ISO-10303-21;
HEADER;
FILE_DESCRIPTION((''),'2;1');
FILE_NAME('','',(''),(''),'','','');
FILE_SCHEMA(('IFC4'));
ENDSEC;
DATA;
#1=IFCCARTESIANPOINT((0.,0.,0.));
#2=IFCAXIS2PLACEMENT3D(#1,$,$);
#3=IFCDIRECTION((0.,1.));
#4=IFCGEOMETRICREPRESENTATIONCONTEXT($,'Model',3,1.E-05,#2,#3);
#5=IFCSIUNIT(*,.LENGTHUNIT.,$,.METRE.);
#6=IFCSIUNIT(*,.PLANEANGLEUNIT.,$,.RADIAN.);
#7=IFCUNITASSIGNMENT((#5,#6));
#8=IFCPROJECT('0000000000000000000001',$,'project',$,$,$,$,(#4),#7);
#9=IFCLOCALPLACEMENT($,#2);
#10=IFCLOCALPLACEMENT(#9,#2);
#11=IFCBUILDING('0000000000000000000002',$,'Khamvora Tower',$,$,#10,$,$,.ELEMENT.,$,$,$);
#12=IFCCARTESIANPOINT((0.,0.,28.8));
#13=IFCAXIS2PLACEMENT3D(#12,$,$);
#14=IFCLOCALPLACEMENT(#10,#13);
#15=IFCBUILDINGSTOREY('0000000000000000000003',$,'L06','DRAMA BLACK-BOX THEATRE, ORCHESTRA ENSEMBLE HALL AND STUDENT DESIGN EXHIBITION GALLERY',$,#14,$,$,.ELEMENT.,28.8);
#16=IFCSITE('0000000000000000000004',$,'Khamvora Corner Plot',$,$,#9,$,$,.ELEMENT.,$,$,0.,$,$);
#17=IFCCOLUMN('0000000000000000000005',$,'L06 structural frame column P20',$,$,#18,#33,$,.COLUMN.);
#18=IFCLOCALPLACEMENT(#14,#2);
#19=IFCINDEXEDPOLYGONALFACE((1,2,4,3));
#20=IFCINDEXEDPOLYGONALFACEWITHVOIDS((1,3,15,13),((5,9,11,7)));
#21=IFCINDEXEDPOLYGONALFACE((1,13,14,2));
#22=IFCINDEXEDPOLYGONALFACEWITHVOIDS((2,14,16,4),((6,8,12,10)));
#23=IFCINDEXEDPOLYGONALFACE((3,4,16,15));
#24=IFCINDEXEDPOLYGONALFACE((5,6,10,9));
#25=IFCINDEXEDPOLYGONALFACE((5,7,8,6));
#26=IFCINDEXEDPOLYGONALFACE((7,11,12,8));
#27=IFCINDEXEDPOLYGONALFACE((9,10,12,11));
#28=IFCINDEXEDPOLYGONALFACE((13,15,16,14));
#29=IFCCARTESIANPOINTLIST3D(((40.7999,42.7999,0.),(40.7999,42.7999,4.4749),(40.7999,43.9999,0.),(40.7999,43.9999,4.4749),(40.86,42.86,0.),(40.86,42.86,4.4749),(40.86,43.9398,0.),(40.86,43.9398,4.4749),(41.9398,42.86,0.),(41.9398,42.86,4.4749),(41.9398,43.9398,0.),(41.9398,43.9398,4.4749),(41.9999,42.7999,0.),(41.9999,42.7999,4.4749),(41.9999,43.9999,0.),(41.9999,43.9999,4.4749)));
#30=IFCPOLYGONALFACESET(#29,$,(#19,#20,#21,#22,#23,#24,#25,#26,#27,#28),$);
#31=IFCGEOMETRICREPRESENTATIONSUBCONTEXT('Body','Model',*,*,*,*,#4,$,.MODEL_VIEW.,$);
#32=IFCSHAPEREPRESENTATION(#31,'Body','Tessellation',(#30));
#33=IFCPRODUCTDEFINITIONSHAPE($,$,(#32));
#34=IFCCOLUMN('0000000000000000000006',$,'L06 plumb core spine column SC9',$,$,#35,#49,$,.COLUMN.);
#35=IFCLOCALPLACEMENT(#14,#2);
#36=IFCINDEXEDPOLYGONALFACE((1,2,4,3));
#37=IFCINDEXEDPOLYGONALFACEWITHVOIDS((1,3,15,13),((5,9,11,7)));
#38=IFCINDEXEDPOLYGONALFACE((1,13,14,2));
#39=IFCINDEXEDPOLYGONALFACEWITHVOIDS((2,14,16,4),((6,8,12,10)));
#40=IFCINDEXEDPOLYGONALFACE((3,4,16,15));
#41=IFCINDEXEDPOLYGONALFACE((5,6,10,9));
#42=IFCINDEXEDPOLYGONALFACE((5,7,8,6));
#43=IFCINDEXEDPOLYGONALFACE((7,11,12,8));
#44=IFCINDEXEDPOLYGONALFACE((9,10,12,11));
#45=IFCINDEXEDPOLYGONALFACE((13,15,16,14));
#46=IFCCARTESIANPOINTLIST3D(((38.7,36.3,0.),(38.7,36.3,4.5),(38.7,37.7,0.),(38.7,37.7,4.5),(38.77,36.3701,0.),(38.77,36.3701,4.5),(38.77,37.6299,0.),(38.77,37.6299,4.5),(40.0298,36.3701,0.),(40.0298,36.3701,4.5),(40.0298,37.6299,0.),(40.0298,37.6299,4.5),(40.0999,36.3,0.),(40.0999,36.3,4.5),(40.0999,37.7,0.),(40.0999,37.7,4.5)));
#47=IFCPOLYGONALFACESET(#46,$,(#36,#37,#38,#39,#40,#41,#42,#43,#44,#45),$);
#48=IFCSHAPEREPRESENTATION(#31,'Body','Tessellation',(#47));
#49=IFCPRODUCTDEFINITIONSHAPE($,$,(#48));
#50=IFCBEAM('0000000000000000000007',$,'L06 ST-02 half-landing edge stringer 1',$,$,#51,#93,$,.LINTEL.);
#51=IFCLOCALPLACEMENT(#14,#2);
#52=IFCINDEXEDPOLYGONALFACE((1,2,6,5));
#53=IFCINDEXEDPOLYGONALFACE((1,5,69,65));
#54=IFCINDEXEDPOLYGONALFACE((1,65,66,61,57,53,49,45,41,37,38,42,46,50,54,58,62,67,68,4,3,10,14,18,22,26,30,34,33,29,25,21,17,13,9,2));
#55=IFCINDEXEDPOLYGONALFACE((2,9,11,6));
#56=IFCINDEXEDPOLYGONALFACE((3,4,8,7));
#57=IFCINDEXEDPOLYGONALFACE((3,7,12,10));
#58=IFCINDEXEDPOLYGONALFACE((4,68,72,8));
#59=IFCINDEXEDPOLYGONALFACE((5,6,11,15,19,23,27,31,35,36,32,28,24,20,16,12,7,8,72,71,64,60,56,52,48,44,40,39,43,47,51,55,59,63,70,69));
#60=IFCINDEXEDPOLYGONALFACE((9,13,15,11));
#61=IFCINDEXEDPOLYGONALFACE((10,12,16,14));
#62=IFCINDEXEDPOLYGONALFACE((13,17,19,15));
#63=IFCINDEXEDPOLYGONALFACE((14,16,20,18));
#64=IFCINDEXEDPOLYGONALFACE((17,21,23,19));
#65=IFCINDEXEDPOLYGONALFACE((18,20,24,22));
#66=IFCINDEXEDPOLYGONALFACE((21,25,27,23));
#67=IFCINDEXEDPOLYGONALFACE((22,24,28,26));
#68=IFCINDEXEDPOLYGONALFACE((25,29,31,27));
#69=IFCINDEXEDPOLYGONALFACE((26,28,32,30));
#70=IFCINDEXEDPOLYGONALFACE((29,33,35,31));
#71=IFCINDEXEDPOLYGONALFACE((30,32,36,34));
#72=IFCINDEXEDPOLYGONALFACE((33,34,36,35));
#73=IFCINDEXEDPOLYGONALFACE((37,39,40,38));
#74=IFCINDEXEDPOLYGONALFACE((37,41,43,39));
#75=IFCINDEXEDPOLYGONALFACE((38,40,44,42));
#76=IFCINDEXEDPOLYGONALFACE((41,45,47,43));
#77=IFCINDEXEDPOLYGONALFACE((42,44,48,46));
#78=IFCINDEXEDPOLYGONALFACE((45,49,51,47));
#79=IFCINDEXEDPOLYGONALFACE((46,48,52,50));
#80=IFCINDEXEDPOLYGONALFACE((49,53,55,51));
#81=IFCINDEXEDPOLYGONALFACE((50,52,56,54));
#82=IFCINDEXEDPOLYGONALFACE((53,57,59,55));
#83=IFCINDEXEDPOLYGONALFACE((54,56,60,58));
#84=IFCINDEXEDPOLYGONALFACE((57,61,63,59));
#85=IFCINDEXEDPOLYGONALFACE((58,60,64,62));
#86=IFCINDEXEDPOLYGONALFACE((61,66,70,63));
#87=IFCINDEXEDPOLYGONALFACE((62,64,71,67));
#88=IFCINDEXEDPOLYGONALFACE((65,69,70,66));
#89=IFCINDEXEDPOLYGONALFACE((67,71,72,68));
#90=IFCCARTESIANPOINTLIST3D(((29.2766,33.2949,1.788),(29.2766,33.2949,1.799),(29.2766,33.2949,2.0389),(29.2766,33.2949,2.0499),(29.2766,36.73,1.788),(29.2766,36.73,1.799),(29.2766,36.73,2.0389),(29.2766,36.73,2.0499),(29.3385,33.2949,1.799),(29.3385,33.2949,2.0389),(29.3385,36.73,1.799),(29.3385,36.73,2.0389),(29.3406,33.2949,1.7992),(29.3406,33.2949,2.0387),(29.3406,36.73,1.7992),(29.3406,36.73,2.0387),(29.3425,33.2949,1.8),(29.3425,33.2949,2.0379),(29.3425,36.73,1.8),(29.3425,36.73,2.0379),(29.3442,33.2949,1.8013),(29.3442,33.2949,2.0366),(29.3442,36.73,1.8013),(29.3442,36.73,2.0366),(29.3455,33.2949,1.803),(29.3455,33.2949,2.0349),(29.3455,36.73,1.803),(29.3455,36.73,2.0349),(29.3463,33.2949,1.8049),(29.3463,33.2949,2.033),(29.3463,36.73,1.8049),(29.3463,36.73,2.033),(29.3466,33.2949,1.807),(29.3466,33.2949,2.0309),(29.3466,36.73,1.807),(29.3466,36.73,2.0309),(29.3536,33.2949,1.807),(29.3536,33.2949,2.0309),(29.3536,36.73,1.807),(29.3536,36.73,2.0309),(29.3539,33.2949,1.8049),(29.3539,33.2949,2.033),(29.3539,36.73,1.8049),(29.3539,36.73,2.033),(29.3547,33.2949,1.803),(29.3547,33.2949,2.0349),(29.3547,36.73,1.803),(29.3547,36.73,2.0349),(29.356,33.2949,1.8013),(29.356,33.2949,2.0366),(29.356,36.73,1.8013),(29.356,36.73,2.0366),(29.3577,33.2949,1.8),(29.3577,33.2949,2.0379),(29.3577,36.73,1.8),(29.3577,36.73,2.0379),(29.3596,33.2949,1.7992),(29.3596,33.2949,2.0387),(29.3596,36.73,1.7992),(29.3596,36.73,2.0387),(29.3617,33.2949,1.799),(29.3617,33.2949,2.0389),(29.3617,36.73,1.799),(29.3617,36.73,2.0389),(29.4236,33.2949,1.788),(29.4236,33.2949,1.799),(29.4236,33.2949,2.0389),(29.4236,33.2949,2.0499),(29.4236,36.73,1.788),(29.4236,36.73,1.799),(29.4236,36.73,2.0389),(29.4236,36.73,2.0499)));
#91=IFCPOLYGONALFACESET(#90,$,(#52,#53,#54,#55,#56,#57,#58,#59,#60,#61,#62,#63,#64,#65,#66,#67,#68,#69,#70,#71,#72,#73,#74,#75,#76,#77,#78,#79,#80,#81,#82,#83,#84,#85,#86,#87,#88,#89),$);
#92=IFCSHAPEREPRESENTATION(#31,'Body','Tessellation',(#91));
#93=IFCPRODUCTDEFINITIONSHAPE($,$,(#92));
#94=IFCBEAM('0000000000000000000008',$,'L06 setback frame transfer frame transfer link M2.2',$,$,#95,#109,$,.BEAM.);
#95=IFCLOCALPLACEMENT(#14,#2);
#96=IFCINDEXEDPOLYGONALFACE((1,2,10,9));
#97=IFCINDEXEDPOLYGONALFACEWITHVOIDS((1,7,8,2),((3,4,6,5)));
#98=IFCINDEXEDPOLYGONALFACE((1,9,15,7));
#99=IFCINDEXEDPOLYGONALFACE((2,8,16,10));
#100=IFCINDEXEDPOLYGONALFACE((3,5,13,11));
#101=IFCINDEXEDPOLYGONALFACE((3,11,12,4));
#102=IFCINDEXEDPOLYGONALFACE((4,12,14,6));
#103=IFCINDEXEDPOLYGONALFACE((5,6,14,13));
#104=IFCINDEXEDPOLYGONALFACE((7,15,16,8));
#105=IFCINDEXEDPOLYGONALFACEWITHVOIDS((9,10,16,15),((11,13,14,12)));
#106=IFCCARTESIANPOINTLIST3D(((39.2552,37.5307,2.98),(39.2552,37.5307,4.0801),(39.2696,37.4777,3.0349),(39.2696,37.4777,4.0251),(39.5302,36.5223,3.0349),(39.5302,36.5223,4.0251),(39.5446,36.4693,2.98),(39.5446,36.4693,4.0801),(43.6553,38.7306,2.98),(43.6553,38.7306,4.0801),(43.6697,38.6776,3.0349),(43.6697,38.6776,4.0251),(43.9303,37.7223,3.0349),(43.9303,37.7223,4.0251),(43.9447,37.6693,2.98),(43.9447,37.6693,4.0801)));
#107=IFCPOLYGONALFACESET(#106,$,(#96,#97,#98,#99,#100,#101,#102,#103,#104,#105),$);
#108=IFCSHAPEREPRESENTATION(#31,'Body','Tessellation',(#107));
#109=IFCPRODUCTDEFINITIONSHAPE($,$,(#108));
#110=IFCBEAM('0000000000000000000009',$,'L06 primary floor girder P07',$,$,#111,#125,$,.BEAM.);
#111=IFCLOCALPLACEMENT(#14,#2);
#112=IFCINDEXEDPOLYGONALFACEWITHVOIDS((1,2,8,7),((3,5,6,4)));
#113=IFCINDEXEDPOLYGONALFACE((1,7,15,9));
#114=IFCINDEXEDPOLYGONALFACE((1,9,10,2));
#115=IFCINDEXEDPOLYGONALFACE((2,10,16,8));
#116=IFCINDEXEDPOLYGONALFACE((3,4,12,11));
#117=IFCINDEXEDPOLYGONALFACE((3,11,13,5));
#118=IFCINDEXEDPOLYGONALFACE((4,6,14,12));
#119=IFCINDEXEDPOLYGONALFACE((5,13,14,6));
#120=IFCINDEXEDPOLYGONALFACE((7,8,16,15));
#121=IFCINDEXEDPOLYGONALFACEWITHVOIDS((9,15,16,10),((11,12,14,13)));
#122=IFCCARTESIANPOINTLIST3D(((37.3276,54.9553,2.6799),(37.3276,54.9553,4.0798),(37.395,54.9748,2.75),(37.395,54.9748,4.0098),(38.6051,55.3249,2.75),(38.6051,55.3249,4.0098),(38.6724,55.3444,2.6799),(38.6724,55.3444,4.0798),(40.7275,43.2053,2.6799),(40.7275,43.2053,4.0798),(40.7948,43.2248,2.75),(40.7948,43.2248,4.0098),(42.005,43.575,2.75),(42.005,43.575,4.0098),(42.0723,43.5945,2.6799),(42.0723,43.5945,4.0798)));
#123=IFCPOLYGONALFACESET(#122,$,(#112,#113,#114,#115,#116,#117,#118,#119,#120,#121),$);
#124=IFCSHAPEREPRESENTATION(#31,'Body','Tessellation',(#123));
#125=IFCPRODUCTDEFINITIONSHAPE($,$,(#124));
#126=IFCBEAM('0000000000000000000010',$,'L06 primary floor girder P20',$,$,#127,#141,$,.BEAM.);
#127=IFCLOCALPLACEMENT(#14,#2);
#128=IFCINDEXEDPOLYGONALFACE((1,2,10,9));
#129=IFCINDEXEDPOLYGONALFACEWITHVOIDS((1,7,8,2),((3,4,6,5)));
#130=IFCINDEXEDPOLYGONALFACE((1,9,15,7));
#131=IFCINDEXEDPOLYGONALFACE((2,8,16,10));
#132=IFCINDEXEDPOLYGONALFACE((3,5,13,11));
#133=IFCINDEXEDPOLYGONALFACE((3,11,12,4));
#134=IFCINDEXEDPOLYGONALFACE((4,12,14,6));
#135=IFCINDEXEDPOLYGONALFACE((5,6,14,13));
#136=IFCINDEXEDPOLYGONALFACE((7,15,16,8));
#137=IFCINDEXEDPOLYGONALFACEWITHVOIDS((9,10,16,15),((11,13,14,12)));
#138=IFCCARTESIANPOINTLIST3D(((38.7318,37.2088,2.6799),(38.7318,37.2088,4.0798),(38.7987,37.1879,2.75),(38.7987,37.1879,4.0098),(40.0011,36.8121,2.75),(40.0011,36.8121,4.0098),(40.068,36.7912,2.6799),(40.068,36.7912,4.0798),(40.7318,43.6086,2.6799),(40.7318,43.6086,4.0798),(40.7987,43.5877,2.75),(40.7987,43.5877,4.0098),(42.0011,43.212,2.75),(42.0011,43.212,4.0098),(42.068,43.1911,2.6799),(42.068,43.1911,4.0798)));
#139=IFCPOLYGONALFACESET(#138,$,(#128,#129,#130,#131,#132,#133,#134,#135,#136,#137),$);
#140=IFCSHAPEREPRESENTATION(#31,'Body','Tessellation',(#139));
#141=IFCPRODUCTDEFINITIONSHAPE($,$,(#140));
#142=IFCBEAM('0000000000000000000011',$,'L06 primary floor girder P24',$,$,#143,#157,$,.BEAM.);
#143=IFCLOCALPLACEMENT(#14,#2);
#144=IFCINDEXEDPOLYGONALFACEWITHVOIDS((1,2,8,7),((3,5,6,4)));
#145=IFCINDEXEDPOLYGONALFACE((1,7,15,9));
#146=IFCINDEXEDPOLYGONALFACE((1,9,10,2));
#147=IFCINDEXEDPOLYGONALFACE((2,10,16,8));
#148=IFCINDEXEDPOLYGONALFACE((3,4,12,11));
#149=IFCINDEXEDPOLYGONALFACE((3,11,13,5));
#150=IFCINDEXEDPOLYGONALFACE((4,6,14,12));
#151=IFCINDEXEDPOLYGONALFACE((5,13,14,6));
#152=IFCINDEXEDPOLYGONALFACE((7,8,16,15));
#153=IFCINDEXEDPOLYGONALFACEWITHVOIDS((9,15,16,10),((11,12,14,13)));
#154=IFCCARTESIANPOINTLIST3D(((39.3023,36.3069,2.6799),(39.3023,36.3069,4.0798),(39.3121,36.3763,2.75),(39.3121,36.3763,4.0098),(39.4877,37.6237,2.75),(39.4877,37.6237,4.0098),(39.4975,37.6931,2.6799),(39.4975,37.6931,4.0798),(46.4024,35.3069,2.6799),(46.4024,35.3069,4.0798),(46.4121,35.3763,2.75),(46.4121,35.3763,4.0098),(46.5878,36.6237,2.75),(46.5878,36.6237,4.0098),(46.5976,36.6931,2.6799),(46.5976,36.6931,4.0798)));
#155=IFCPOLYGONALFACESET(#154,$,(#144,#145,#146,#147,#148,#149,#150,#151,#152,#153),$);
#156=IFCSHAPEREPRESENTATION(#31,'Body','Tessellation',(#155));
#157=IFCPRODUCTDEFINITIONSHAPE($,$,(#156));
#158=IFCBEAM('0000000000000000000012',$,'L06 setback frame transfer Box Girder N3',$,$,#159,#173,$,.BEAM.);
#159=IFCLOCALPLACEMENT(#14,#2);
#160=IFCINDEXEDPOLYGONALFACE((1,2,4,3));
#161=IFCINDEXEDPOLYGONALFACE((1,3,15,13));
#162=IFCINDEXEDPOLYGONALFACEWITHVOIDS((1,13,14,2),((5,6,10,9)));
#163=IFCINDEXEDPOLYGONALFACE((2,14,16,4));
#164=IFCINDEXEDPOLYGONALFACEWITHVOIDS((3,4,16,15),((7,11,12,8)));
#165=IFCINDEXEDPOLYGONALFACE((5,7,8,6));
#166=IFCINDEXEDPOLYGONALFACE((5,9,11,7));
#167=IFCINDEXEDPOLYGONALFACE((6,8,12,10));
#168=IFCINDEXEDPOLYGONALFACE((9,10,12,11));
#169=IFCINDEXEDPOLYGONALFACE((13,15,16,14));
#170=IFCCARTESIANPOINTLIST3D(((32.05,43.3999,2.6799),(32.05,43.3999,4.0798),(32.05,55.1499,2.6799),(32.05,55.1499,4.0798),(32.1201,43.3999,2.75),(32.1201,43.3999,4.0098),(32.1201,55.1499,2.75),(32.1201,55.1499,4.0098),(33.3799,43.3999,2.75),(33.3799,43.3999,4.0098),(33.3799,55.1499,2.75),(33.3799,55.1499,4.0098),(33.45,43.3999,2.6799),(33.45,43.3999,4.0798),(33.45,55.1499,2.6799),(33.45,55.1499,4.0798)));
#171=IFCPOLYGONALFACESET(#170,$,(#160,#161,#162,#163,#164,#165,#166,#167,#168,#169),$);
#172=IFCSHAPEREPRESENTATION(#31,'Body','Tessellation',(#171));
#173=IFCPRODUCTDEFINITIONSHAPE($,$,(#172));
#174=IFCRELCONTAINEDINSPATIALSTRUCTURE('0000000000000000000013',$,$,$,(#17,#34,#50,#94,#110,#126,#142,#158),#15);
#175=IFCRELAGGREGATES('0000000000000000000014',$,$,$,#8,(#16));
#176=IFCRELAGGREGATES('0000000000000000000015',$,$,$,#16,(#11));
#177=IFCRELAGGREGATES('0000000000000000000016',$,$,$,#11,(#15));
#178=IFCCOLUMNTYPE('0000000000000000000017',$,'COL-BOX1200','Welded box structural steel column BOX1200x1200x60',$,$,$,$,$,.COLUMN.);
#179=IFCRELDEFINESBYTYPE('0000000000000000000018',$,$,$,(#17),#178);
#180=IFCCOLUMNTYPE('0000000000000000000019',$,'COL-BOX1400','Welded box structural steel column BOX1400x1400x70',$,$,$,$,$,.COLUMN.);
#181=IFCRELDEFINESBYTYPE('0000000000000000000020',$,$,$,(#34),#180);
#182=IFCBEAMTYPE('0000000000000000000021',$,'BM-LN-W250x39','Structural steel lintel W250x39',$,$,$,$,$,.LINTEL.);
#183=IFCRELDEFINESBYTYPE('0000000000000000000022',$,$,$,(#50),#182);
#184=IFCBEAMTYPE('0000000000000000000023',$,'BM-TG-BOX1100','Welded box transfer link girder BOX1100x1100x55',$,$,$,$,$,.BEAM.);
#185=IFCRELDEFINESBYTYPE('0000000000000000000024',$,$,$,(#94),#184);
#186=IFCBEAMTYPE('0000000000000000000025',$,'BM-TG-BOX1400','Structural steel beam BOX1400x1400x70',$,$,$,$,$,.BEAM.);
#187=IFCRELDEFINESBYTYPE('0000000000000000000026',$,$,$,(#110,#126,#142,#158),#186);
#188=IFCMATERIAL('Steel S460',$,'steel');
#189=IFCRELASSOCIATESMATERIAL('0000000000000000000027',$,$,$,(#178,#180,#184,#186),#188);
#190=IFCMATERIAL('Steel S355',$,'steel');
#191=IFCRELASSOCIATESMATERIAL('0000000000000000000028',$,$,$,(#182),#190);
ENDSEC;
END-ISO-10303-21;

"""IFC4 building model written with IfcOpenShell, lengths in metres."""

from ifc_helpers import new_model, si_unit, direction, frame, origin, origin_2d, place, context, subcontext, project, spatial, hollow_rectangle, i_section, extrude, material, material_profile, profile_set, type_object, element, save


model = new_model("IFC4")

# Units and contexts
model_context = context("Model", 3, precision=1e-05, world=origin(), true_north=direction((0.0, 1.0)))
body_context = subcontext(model_context, "Body", "Model", "MODEL_VIEW")
ifc_project = project(units=[si_unit("LENGTHUNIT", "METRE"), si_unit("PLANEANGLEUNIT", "RADIAN")], contexts=[model_context])

# Site, building, storey
site_placement = place(None, origin())
site = spatial("IfcSite", under=ifc_project, at=site_placement, Name="Khamvora Corner Plot", CompositionType="ELEMENT", RefElevation=0.0)
building_placement = place(site_placement, origin())
building = spatial("IfcBuilding", under=site, at=building_placement, Name="Khamvora Tower", CompositionType="ELEMENT")
storey_placement = place(building_placement, frame((0.0, 0.0, 28.8)))
storey = spatial("IfcBuildingStorey", under=building, at=storey_placement, Name="L06", Description="DRAMA BLACK-BOX THEATRE, ORCHESTRA ENSEMBLE HALL AND STUDENT DESIGN EXHIBITION GALLERY", CompositionType="ELEMENT", Elevation=28.8)

# Columns
ifc_material_1 = material(Name="Steel S460", Category="steel")
ifc_material_profile_1 = material_profile(ifc_material_1, hollow_rectangle(XDim=1.2, YDim=1.2, WallThickness=0.0601, at=origin_2d()), Name="BOX1200x1200x60")
ifc_profile_set_1 = profile_set([ifc_material_profile_1], Name="Steel S460")
column_type_1 = type_object("IfcColumnType", Name="COL-BOX1200", Description="Welded box structural steel column BOX1200x1200x60", PredefinedType="COLUMN", material=ifc_profile_set_1)
column_1_placement = place(storey_placement, frame((41.3999, 43.3999, 0.0), z_axis=(0.0, 0.0, 1.0), x_axis=(1.0, 0.0, 0.0)))
element("IfcColumn", 1, at=column_1_placement, inside=storey, type_object=column_type_1, Name="L06 structural frame column P20", PredefinedType="COLUMN", context=body_context, shape_type="SweptSolid", body=[
    extrude(hollow_rectangle(XDim=1.2, YDim=1.2, WallThickness=0.0601, at=origin_2d()), origin(), (0.0, 0.0, 1.0), 4.4749),
])
ifc_material_profile_2 = material_profile(ifc_material_1, hollow_rectangle(XDim=1.3999, YDim=1.3999, WallThickness=0.0701, at=origin_2d()), Name="BOX1400x1400x70")
ifc_profile_set_2 = profile_set([ifc_material_profile_2], Name="Steel S460")
column_type_2 = type_object("IfcColumnType", Name="COL-BOX1400", Description="Welded box structural steel column BOX1400x1400x70", PredefinedType="COLUMN", material=ifc_profile_set_2)
column_2_placement = place(storey_placement, frame((39.3999, 37.0, 0.0), z_axis=(0.0, 0.0, 1.0), x_axis=(1.0, 0.0, 0.0)))
element("IfcColumn", 2, at=column_2_placement, inside=storey, type_object=column_type_2, Name="L06 plumb core spine column SC9", PredefinedType="COLUMN", context=body_context, shape_type="SweptSolid", body=[
    extrude(hollow_rectangle(XDim=1.3999, YDim=1.3999, WallThickness=0.0701, at=origin_2d()), origin(), (0.0, 0.0, 1.0), 4.5),
])

# Beams
ifc_material_2 = material(Name="Steel S355", Category="steel")
ifc_material_profile_3 = material_profile(ifc_material_2, i_section(OverallWidth=0.147, OverallDepth=0.262, WebThickness=0.0071, FlangeThickness=0.011, FilletRadius=0.0081, at=origin_2d()), Name="W250x39")
ifc_profile_set_3 = profile_set([ifc_material_profile_3], Name="Steel S355")
beam_type_1 = type_object("IfcBeamType", Name="BM-LN-W250x39", Description="Structural steel lintel W250x39", PredefinedType="LINTEL", material=ifc_profile_set_3)
beam_1_placement = place(storey_placement, frame((29.3501, 33.2949, 1.9189), z_axis=(0.0, 1.0, 0.0), x_axis=(-1.0, 0.0, 0.0)))
element("IfcBeam", 3, at=beam_1_placement, inside=storey, type_object=beam_type_1, Name="L06 ST-02 half-landing edge stringer 1", PredefinedType="LINTEL", context=body_context, shape_type="SweptSolid", body=[
    extrude(i_section(OverallWidth=0.147, OverallDepth=0.262, WebThickness=0.0071, FlangeThickness=0.011, FilletRadius=0.0081, at=origin_2d()), origin(), (0.0, 0.0, 1.0), 3.4351),
])
ifc_material_profile_4 = material_profile(ifc_material_1, hollow_rectangle(XDim=1.1001, YDim=1.1001, WallThickness=0.0549, at=origin_2d()), Name="BOX1100x1100x55")
ifc_profile_set_4 = profile_set([ifc_material_profile_4], Name="Steel S460")
beam_type_2 = type_object("IfcBeamType", Name="BM-TG-BOX1100", Description="Welded box transfer link girder BOX1100x1100x55", PredefinedType="BEAM", material=ifc_profile_set_4)
beam_2_placement = place(storey_placement, frame((39.3999, 37.0, 3.53), z_axis=(0.964769, 0.263099, 0.0), x_axis=(-0.263099, 0.964769, 0.0)))
element("IfcBeam", 4, at=beam_2_placement, inside=storey, type_object=beam_type_2, Name="L06 setback frame transfer frame transfer link M2.2", PredefinedType="BEAM", context=body_context, shape_type="SweptSolid", body=[
    extrude(hollow_rectangle(XDim=1.1001, YDim=1.1001, WallThickness=0.0549, at=origin_2d()), origin(), (0.0, 0.0, 1.0), 4.5608),
])
ifc_material_profile_5 = material_profile(ifc_material_1, hollow_rectangle(XDim=1.3999, YDim=1.3999, WallThickness=0.0701, at=origin_2d()), Name="BOX1400x1400x70")
ifc_profile_set_5 = profile_set([ifc_material_profile_5], Name="Steel S460")
beam_type_3 = type_object("IfcBeamType", Name="BM-TG-BOX1400", Description="Structural steel beam BOX1400x1400x70", PredefinedType="BEAM", material=ifc_profile_set_5)
beam_3_placement = place(storey_placement, frame((41.3999, 43.3999, 3.3799), z_axis=(-0.277951, 0.960595, 0.0), x_axis=(-0.960595, -0.277951, 0.0)))
element("IfcBeam", 5, at=beam_3_placement, inside=storey, type_object=beam_type_3, Name="L06 primary floor girder P07", PredefinedType="BEAM", context=body_context, shape_type="SweptSolid", body=[
    extrude(hollow_rectangle(XDim=1.3999, YDim=1.3999, WallThickness=0.0701, at=origin_2d()), origin(), (0.0, 0.0, 1.0), 12.2319),
])
beam_4_placement = place(storey_placement, frame((39.3999, 37.0, 3.3799), z_axis=(0.298279, 0.954479, 0.0), x_axis=(-0.954479, 0.298279, 0.0)))
element("IfcBeam", 6, at=beam_4_placement, inside=storey, type_object=beam_type_3, Name="L06 primary floor girder P20", PredefinedType="BEAM", context=body_context, shape_type="SweptSolid", body=[
    extrude(hollow_rectangle(XDim=1.3999, YDim=1.3999, WallThickness=0.0701, at=origin_2d()), origin(), (0.0, 0.0, 1.0), 6.7051),
])
beam_5_placement = place(storey_placement, frame((39.3999, 37.0, 3.3799), z_axis=(0.990227, -0.139467, 0.0), x_axis=(0.139467, 0.990227, 0.0)))
element("IfcBeam", 7, at=beam_5_placement, inside=storey, type_object=beam_type_3, Name="L06 primary floor girder P24", PredefinedType="BEAM", context=body_context, shape_type="SweptSolid", body=[
    extrude(hollow_rectangle(XDim=1.3999, YDim=1.3999, WallThickness=0.0701, at=origin_2d()), origin(), (0.0, 0.0, 1.0), 7.1702),
])
beam_6_placement = place(storey_placement, frame((32.75, 43.3999, 3.3799), z_axis=(0.0, 1.0, 0.0), x_axis=(-1.0, 0.0, 0.0)))
element("IfcBeam", 8, at=beam_6_placement, inside=storey, type_object=beam_type_3, Name="L06 setback frame transfer Box Girder N3", PredefinedType="BEAM", context=body_context, shape_type="SweptSolid", body=[
    extrude(hollow_rectangle(XDim=1.3999, YDim=1.3999, WallThickness=0.0701, at=origin_2d()), origin(), (0.0, 0.0, 1.0), 11.75),
])

save(model, "model.ifc")
